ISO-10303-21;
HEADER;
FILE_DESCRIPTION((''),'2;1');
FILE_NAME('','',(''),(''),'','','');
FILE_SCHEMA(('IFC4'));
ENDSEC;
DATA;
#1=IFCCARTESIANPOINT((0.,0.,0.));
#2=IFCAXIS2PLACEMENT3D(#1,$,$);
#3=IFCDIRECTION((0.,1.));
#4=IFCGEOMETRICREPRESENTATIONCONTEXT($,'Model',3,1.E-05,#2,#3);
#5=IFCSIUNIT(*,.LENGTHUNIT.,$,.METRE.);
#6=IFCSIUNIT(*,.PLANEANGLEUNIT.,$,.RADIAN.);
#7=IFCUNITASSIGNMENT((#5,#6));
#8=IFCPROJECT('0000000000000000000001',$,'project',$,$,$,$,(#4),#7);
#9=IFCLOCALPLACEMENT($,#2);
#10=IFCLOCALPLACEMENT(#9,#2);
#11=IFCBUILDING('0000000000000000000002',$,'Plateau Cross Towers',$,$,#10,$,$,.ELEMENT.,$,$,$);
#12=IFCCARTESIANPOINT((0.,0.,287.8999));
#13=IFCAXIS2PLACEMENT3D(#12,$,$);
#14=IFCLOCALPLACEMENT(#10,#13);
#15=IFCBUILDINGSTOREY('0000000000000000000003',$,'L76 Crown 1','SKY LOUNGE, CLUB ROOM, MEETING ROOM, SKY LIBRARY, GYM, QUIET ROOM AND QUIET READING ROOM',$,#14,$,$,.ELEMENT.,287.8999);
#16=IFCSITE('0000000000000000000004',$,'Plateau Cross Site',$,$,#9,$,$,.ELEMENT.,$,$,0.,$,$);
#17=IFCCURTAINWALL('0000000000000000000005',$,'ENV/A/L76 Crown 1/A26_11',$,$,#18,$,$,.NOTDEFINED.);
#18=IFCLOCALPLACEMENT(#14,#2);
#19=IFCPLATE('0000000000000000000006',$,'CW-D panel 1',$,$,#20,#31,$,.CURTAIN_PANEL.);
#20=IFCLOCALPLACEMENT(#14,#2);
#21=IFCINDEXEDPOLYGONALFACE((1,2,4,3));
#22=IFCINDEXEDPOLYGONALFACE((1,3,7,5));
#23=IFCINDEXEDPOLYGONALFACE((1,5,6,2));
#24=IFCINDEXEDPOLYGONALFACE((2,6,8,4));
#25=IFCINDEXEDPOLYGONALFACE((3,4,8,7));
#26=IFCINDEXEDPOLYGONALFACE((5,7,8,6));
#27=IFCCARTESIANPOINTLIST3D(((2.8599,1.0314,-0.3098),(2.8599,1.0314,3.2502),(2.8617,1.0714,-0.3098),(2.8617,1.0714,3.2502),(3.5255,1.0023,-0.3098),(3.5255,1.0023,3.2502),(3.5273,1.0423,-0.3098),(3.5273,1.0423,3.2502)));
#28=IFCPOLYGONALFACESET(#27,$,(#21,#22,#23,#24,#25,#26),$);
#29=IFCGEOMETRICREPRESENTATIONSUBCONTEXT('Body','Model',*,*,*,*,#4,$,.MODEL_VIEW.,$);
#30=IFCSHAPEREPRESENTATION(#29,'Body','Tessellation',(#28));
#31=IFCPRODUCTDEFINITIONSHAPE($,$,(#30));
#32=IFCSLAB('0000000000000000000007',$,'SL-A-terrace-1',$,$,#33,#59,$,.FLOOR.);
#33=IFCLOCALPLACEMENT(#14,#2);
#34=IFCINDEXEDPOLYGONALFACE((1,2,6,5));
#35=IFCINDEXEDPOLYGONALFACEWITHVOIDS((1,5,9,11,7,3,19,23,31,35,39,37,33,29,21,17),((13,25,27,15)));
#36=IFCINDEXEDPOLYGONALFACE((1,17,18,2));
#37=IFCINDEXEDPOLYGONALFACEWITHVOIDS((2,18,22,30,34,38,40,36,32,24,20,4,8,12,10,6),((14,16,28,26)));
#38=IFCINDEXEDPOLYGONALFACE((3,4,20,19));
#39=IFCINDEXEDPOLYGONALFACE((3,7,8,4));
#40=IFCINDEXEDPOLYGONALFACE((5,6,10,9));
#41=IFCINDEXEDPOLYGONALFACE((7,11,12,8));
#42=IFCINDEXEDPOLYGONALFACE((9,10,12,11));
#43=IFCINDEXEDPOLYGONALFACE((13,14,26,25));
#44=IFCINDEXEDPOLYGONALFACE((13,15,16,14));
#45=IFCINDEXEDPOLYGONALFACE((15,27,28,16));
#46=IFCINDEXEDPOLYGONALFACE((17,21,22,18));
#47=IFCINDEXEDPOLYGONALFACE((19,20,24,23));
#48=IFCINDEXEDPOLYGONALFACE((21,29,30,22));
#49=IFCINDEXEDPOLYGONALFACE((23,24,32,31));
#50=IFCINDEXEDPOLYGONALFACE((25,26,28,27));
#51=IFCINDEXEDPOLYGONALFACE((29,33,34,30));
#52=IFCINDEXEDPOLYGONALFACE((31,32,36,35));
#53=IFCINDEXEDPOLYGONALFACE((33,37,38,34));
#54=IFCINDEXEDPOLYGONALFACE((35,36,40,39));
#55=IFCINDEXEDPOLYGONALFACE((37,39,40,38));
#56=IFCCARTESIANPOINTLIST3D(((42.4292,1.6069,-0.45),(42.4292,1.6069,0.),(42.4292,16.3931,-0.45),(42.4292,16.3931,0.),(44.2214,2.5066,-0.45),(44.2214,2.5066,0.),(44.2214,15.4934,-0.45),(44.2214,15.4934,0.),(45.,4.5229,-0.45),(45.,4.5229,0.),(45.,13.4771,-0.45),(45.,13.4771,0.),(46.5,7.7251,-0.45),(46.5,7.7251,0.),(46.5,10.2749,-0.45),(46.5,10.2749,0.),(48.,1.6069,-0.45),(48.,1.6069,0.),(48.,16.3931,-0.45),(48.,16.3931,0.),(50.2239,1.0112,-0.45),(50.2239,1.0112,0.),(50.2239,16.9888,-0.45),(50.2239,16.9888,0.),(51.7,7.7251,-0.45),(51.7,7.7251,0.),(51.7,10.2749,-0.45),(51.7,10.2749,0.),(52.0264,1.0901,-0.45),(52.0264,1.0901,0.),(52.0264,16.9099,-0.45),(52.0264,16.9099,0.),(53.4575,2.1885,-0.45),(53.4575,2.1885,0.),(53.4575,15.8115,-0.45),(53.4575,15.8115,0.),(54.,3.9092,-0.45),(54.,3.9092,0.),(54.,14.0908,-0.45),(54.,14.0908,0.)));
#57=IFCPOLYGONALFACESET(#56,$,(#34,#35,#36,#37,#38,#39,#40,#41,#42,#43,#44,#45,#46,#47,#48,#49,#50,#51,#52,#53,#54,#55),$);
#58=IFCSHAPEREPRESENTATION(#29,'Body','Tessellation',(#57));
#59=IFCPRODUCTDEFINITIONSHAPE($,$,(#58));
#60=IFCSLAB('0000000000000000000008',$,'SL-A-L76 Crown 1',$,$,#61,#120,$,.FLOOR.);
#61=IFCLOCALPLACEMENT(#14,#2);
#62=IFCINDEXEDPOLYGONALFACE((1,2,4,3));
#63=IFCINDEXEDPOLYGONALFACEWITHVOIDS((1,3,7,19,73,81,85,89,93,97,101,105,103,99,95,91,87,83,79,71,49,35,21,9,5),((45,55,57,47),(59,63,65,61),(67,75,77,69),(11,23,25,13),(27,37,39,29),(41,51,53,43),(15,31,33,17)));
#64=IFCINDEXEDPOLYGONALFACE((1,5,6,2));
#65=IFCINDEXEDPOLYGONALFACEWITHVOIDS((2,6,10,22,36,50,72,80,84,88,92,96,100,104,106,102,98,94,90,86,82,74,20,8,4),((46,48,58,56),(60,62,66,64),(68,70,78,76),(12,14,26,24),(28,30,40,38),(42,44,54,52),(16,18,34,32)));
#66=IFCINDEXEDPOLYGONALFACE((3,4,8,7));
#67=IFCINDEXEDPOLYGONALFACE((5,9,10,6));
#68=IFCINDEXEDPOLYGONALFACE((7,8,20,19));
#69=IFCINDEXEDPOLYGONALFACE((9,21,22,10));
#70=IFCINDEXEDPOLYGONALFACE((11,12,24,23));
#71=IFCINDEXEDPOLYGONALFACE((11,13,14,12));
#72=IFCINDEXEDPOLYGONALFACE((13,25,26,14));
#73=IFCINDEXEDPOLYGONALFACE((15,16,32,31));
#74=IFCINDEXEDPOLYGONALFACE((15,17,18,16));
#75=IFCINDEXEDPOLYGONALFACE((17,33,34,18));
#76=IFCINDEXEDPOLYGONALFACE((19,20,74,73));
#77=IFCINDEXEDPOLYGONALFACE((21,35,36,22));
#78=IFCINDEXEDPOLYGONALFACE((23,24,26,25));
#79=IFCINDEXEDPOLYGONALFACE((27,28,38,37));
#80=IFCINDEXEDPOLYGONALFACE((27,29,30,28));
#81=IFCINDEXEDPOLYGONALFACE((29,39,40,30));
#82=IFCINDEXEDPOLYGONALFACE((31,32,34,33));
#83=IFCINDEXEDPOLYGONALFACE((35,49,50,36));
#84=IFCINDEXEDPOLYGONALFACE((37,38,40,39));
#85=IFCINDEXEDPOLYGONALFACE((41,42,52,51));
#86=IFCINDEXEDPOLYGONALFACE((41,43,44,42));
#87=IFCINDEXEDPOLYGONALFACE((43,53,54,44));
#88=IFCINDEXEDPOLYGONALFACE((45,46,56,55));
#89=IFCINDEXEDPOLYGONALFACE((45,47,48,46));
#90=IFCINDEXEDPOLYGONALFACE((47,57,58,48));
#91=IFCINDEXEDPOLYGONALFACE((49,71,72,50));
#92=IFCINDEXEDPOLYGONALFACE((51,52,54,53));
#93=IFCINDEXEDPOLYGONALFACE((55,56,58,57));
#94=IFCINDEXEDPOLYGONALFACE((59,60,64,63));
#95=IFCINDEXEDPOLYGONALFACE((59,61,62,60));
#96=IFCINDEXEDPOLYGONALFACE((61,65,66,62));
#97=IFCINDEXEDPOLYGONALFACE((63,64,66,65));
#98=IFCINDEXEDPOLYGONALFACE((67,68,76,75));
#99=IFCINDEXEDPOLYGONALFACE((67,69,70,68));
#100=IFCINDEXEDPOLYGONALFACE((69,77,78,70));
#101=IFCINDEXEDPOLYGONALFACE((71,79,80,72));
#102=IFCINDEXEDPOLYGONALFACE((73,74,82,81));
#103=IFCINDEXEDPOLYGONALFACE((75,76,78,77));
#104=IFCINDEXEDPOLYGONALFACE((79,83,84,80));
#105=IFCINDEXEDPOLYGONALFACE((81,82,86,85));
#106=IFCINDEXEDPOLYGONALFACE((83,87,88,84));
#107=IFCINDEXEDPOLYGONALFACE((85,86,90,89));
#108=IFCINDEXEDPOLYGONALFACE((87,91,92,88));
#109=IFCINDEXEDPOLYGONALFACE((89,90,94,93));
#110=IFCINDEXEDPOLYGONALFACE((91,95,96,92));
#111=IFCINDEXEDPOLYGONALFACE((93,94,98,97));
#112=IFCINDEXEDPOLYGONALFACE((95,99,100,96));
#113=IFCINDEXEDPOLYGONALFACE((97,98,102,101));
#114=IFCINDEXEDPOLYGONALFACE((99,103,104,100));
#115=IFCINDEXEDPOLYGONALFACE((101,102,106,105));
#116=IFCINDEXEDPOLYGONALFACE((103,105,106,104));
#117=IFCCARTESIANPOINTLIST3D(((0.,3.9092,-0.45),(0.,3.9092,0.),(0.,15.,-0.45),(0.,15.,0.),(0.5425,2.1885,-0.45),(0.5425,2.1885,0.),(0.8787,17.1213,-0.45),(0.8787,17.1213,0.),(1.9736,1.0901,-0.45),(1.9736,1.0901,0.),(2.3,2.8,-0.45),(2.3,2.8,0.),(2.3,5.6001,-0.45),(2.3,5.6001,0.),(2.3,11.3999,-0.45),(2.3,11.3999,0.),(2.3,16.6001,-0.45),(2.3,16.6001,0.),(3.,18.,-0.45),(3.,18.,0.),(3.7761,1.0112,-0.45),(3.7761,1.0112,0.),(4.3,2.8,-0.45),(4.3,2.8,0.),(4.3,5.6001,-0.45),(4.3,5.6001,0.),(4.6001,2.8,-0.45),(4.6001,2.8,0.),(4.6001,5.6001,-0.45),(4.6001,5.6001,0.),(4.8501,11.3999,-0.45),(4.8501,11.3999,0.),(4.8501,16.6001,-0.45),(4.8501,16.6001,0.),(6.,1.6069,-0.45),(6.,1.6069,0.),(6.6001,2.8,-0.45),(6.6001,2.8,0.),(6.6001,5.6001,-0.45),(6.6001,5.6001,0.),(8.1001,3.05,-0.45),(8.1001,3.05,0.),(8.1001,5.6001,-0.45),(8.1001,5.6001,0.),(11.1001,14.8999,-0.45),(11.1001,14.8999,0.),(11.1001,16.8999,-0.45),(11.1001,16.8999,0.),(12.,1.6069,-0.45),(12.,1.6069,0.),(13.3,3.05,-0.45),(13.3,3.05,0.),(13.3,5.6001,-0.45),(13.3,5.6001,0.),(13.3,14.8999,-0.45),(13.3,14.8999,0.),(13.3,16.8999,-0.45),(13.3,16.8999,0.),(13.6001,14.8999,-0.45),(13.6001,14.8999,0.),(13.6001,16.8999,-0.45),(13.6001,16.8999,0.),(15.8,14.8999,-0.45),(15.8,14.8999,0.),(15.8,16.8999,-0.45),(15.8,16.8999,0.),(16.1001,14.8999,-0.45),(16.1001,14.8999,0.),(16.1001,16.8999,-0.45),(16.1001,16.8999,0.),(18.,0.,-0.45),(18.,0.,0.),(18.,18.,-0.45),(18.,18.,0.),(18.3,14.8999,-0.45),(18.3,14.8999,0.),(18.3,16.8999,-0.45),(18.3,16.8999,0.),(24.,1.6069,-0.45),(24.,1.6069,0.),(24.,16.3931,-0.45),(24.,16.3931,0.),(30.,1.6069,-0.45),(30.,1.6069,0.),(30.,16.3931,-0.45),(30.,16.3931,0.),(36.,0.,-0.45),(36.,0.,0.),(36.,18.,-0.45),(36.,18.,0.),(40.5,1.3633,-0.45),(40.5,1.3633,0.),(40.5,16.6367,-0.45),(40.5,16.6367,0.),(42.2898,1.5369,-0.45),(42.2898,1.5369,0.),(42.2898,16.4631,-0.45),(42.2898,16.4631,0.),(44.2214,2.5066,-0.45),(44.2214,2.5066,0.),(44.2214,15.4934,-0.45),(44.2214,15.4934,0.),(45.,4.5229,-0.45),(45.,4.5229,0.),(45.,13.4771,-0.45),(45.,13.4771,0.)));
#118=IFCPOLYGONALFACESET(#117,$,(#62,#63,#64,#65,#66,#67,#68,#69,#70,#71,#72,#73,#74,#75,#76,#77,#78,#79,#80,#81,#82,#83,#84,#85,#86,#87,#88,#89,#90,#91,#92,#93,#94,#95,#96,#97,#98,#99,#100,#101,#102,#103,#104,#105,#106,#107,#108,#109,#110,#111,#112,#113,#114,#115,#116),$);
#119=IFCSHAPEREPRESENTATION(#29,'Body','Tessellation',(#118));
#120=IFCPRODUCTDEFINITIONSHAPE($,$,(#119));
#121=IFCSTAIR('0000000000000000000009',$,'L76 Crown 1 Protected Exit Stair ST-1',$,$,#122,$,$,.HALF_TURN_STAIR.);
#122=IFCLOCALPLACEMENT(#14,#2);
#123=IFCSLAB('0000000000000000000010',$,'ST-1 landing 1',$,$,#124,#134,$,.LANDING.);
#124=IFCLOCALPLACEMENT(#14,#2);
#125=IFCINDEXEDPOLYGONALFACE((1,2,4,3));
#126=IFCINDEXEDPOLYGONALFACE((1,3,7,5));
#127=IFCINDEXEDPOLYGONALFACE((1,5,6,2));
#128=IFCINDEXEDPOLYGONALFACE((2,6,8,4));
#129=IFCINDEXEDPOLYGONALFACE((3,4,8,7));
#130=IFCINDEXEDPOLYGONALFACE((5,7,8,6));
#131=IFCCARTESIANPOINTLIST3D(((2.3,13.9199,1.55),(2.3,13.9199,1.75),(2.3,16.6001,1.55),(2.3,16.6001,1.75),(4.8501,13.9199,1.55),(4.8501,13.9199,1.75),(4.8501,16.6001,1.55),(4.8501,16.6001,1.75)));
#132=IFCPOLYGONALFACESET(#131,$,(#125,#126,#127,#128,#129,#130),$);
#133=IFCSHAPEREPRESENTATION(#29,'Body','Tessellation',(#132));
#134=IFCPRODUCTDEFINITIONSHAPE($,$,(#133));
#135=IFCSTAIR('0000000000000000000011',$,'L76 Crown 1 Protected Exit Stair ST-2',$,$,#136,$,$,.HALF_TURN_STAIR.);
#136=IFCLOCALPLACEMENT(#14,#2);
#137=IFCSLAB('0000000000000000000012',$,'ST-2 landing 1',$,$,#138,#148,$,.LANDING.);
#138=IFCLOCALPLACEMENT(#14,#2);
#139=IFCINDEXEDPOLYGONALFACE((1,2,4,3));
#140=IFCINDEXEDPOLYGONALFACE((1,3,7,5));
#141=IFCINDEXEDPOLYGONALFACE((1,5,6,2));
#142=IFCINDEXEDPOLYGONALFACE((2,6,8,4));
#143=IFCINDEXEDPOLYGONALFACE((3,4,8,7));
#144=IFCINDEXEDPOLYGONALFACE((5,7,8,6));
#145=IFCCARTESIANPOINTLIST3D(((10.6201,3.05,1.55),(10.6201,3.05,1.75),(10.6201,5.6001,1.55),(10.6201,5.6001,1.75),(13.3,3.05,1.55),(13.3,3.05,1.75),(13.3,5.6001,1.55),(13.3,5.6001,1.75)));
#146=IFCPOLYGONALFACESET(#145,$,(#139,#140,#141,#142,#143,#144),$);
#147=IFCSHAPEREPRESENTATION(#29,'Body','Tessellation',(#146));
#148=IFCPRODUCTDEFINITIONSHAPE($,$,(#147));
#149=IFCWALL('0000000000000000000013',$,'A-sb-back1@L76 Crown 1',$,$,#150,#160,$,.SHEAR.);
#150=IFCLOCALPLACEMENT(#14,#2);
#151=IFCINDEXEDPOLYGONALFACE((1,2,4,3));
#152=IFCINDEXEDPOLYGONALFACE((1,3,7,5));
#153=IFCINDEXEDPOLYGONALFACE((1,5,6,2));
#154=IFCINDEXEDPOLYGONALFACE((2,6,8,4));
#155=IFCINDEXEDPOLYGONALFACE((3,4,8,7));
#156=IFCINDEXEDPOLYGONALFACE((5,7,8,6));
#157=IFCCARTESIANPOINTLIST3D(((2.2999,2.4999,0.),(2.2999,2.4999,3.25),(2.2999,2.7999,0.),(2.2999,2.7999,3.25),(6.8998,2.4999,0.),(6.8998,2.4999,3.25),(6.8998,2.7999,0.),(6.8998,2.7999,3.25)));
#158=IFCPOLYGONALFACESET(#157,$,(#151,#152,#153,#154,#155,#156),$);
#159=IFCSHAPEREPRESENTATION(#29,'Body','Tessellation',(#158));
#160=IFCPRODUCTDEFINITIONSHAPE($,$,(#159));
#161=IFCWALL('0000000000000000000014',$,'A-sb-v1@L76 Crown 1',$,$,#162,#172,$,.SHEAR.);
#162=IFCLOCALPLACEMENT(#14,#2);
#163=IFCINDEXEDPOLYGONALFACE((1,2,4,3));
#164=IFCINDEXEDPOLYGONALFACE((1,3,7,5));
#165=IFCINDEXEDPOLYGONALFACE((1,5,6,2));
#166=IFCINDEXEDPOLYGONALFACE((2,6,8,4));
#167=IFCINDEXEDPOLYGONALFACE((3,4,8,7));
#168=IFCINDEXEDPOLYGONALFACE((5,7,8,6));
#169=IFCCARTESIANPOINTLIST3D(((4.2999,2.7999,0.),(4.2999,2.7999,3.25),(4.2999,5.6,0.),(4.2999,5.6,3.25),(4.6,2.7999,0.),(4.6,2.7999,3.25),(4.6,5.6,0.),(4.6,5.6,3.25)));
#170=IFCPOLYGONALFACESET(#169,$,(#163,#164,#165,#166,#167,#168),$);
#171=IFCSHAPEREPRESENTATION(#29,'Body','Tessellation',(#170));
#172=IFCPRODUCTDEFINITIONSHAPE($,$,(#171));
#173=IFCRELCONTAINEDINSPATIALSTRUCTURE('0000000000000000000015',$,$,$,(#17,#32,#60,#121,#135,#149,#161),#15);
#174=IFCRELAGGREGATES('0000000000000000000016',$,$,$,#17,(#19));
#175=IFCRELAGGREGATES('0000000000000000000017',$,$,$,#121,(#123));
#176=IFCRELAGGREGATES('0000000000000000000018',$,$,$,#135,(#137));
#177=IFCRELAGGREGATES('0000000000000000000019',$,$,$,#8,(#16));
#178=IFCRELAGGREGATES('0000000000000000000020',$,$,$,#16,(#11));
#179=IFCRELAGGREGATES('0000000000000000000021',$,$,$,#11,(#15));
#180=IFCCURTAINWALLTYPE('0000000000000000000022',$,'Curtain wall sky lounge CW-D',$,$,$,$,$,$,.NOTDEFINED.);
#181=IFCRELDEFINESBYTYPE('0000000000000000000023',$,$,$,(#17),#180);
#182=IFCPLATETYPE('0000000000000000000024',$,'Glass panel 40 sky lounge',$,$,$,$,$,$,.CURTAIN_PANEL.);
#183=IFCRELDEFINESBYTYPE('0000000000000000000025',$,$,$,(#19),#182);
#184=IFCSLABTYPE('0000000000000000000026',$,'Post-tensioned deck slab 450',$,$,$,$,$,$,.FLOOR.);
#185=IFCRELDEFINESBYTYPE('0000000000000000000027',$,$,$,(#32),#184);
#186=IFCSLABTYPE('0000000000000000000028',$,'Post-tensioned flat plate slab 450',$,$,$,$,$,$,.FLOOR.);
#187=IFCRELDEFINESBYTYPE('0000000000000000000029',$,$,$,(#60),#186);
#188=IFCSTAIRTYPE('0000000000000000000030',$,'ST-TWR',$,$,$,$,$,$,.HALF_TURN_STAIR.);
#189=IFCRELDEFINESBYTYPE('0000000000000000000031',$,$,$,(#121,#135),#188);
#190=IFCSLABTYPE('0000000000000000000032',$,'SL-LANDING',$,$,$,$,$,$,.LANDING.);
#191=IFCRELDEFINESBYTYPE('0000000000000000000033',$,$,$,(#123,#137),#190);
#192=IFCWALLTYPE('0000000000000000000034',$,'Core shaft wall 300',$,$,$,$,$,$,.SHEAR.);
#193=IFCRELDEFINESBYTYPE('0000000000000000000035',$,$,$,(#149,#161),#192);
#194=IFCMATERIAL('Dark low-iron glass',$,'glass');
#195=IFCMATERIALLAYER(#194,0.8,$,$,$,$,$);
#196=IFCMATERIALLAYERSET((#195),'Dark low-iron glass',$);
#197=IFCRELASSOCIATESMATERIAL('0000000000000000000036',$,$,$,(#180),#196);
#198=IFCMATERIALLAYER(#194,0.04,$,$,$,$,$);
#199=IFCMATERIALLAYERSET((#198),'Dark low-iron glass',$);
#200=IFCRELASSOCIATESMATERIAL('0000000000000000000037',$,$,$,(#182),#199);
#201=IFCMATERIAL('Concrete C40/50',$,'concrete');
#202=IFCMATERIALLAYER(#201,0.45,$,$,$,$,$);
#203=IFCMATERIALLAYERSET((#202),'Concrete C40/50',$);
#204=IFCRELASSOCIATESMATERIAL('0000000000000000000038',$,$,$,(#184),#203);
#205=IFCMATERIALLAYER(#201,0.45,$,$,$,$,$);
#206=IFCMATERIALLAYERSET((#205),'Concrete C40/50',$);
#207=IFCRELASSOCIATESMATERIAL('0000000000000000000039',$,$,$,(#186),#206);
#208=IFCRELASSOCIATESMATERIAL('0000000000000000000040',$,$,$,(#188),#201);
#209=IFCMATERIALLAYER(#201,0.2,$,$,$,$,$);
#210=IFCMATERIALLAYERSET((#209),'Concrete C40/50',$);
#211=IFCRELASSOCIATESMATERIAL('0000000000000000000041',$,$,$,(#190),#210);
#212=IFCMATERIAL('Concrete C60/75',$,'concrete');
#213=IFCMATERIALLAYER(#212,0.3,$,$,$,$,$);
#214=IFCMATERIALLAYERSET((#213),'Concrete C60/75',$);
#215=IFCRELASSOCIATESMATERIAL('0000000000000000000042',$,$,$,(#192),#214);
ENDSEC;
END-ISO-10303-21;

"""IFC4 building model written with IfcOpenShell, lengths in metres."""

from ifc_helpers import new_model, si_unit, direction, frame, frame_2d, origin, origin_2d, place, context, subcontext, project, spatial, polyline, rectangle, outline, extrude, material, layer, layer_set, type_object, element, aggregate, save


model = new_model("IFC4")

# Units and contexts
model_context = context("Model", 3, precision=1e-05, world=origin(), true_north=direction((0.0, 1.0)))
body_context = subcontext(model_context, "Body", "Model", "MODEL_VIEW")
ifc_project = project(units=[si_unit("LENGTHUNIT", "METRE"), si_unit("PLANEANGLEUNIT", "RADIAN")], contexts=[model_context])

# Site, building, storey
site_placement = place(None, origin())
site = spatial("IfcSite", under=ifc_project, at=site_placement, Name="Plateau Cross Site", CompositionType="ELEMENT", RefElevation=0.0)
building_placement = place(site_placement, origin())
building = spatial("IfcBuilding", under=site, at=building_placement, Name="Plateau Cross Towers", CompositionType="ELEMENT")
storey_placement = place(building_placement, frame((0.0, 0.0, 287.8999)))
storey = spatial("IfcBuildingStorey", under=building, at=storey_placement, Name="L76 Crown 1", Description="SKY LOUNGE, CLUB ROOM, MEETING ROOM, SKY LIBRARY, GYM, QUIET ROOM AND QUIET READING ROOM", CompositionType="ELEMENT", Elevation=287.8999)

# Shared definitions
ifc_material_1 = material(Name="Concrete C60/75", Category="concrete")

# Shared definitions
ifc_material_2 = material(Name="Dark low-iron glass", Category="glass")
ifc_layer_1 = layer(ifc_material_2, 0.8)
ifc_layer_set_1 = layer_set([ifc_layer_1], Name="Dark low-iron glass")
curtain_wall_type = type_object("IfcCurtainWallType", Name="Curtain wall sky lounge CW-D", PredefinedType="NOTDEFINED", material=ifc_layer_set_1)

# Curtain wall
curtain_wall_1_placement = place(storey_placement, origin())
curtain_wall_1 = element("IfcCurtainWall", 1, at=curtain_wall_1_placement, inside=storey, type_object=curtain_wall_type, Name="ENV/A/L76 Crown 1/A26_11", PredefinedType="NOTDEFINED")

# Plate
ifc_layer_2 = layer(ifc_material_2, 0.04)
ifc_layer_set_2 = layer_set([ifc_layer_2], Name="Dark low-iron glass")
plate_type = type_object("IfcPlateType", Name="Glass panel 40 sky lounge", PredefinedType="CURTAIN_PANEL", material=ifc_layer_set_2)
plate_1_placement = place(storey_placement, frame((3.1936, 1.0369, -0.3098), z_axis=(0.0, 0.0, 1.0), x_axis=(0.999044, -0.043723, 0.0)))
plate_1 = element("IfcPlate", 2, at=plate_1_placement, type_object=plate_type, Name="CW-D panel 1", PredefinedType="CURTAIN_PANEL", context=body_context, shape_type="SweptSolid", body=[
    extrude(rectangle(XDim=0.6663, YDim=0.04, at=origin_2d()), origin(), (0.0, 0.0, 1.0), 3.5601),
])
aggregate(curtain_wall_1, [plate_1])

# Slabs
ifc_material_3 = material(Name="Concrete C40/50", Category="concrete")
ifc_layer_3 = layer(ifc_material_3, 0.45)
ifc_layer_set_3 = layer_set([ifc_layer_3], Name="Concrete C40/50")
slab_type_1 = type_object("IfcSlabType", Name="Post-tensioned deck slab 450", PredefinedType="FLOOR", material=ifc_layer_set_3)
slab_1_placement = place(storey_placement, frame((0.0, 0.0, -0.45)))
element("IfcSlab", 3, at=slab_1_placement, inside=storey, type_object=slab_type_1, Name="SL-A-terrace-1", PredefinedType="FLOOR", context=body_context, shape_type="SweptSolid", body=[
    extrude(outline(polyline([(52.0264, 16.9099), (53.4575, 15.8115), (54.0, 14.0908), (54.0, 3.9092), (53.4575, 2.1885), (52.0264, 1.0901), (50.2239, 1.0112), (48.0, 1.6069), (42.4292, 1.6069), (44.2214, 2.5066), (45.0, 4.5229), (45.0, 13.4771), (44.2214, 15.4934), (42.4292, 16.3931), (48.0, 16.3931), (50.2239, 16.9888), (52.0264, 16.9099)]), holes=[polyline([(51.7, 10.2749), (46.5, 10.2749), (46.5, 7.7251), (51.7, 7.7251), (51.7, 10.2749)])]), origin(), (0.0, 0.0, 1.0), 0.45),
])
ifc_layer_4 = layer(ifc_material_3, 0.45)
ifc_layer_set_4 = layer_set([ifc_layer_4], Name="Concrete C40/50")
slab_type_2 = type_object("IfcSlabType", Name="Post-tensioned flat plate slab 450", PredefinedType="FLOOR", material=ifc_layer_set_4)
slab_2_placement = place(storey_placement, frame((0.0, 0.0, -0.45)))
element("IfcSlab", 4, at=slab_2_placement, inside=storey, type_object=slab_type_2, Name="SL-A-L76 Crown 1", PredefinedType="FLOOR", context=body_context, shape_type="SweptSolid", body=[
    extrude(outline(polyline([(1.9736, 1.0901), (0.5425, 2.1885), (0.0, 3.9092), (0.0, 15.0), (0.8787, 17.1213), (3.0, 18.0), (18.0, 18.0), (24.0, 16.3931), (30.0, 16.3931), (36.0, 18.0), (40.5, 16.6367), (42.2898, 16.4631), (44.2214, 15.4934), (45.0, 13.4771), (45.0, 4.5229), (44.2214, 2.5066), (42.2898, 1.5369), (40.5, 1.3633), (36.0, 0.0), (30.0, 1.6069), (24.0, 1.6069), (18.0, 0.0), (12.0, 1.6069), (6.0, 1.6069), (3.7761, 1.0112), (1.9736, 1.0901)]), holes=[polyline([(4.3, 5.6001), (2.3, 5.6001), (2.3, 2.8), (4.3, 2.8), (4.3, 5.6001)]), polyline([(6.6001, 5.6001), (4.6001, 5.6001), (4.6001, 2.8), (6.6001, 2.8), (6.6001, 5.6001)]), polyline([(13.3, 5.6001), (8.1001, 5.6001), (8.1001, 3.05), (13.3, 3.05), (13.3, 5.6001)]), polyline([(2.3, 16.6001), (2.3, 11.3999), (4.8501, 11.3999), (4.8501, 16.6001), (2.3, 16.6001)]), polyline([(13.3, 16.8999), (11.1001, 16.8999), (11.1001, 14.8999), (13.3, 14.8999), (13.3, 16.8999)]), polyline([(15.8, 16.8999), (13.6001, 16.8999), (13.6001, 14.8999), (15.8, 14.8999), (15.8, 16.8999)]), polyline([(18.3, 16.8999), (16.1001, 16.8999), (16.1001, 14.8999), (18.3, 14.8999), (18.3, 16.8999)])]), origin(), (0.0, 0.0, 1.0), 0.45),
])

# Stairs, slabs
stair_type = type_object("IfcStairType", Name="ST-TWR", PredefinedType="HALF_TURN_STAIR", material=ifc_material_3)
stair_1_placement = place(storey_placement, origin())
stair_1 = element("IfcStair", 5, at=stair_1_placement, inside=storey, type_object=stair_type, Name="L76 Crown 1 Protected Exit Stair ST-1", PredefinedType="HALF_TURN_STAIR")
ifc_layer_5 = layer(ifc_material_3, 0.2)
ifc_layer_set_5 = layer_set([ifc_layer_5], Name="Concrete C40/50")
slab_type_3 = type_object("IfcSlabType", Name="SL-LANDING", PredefinedType="LANDING", material=ifc_layer_set_5)
slab_3_placement = place(storey_placement, frame((0.0, 0.0, 1.55)))
slab_3 = element("IfcSlab", 6, at=slab_3_placement, type_object=slab_type_3, Name="ST-1 landing 1", PredefinedType="LANDING", context=body_context, shape_type="SweptSolid", body=[
    extrude(outline(polyline([(4.8501, 13.9199), (4.8501, 16.6001), (2.3, 16.6001), (2.3, 13.9199), (4.8501, 13.9199)])), origin(), (0.0, 0.0, 1.0), 0.2),
])
aggregate(stair_1, [slab_3])
stair_2_placement = place(storey_placement, origin())
stair_2 = element("IfcStair", 7, at=stair_2_placement, inside=storey, type_object=stair_type, Name="L76 Crown 1 Protected Exit Stair ST-2", PredefinedType="HALF_TURN_STAIR")
slab_4_placement = place(storey_placement, frame((0.0, 0.0, 1.55)))
slab_4 = element("IfcSlab", 8, at=slab_4_placement, type_object=slab_type_3, Name="ST-2 landing 1", PredefinedType="LANDING", context=body_context, shape_type="SweptSolid", body=[
    extrude(outline(polyline([(10.6201, 3.05), (13.3, 3.05), (13.3, 5.6001), (10.6201, 5.6001), (10.6201, 3.05)])), origin(), (0.0, 0.0, 1.0), 0.2),
])
aggregate(stair_2, [slab_4])

# Walls
ifc_layer_6 = layer(ifc_material_1, 0.3)
ifc_layer_set_6 = layer_set([ifc_layer_6], Name="Concrete C60/75")
wall_type_1 = type_object("IfcWallType", Name="Core shaft wall 300", PredefinedType="SHEAR", material=ifc_layer_set_6)
wall_1_placement = place(storey_placement, frame((2.3, 2.6499, 0.0), z_axis=(0.0, 0.0, 1.0), x_axis=(1.0, 0.0, 0.0)))
element("IfcWall", 9, at=wall_1_placement, inside=storey, type_object=wall_type_1, Name="A-sb-back1@L76 Crown 1", PredefinedType="SHEAR", context=body_context, shape_type="SweptSolid", body=[
    extrude(rectangle(XDim=4.5999, YDim=0.3, at=frame_2d((2.2998, 0.0))), origin(), (0.0, 0.0, 1.0), 3.25),
])
wall_2_placement = place(storey_placement, frame((4.45, 2.8, 0.0), z_axis=(0.0, 0.0, 1.0), x_axis=(0.0, 1.0, 0.0)))
element("IfcWall", 10, at=wall_2_placement, inside=storey, type_object=wall_type_1, Name="A-sb-v1@L76 Crown 1", PredefinedType="SHEAR", context=body_context, shape_type="SweptSolid", body=[
    extrude(rectangle(XDim=2.8, YDim=0.3, at=frame_2d((1.3999, 0.0))), origin(), (0.0, 0.0, 1.0), 3.25),
])

save(model, "model.ifc")
